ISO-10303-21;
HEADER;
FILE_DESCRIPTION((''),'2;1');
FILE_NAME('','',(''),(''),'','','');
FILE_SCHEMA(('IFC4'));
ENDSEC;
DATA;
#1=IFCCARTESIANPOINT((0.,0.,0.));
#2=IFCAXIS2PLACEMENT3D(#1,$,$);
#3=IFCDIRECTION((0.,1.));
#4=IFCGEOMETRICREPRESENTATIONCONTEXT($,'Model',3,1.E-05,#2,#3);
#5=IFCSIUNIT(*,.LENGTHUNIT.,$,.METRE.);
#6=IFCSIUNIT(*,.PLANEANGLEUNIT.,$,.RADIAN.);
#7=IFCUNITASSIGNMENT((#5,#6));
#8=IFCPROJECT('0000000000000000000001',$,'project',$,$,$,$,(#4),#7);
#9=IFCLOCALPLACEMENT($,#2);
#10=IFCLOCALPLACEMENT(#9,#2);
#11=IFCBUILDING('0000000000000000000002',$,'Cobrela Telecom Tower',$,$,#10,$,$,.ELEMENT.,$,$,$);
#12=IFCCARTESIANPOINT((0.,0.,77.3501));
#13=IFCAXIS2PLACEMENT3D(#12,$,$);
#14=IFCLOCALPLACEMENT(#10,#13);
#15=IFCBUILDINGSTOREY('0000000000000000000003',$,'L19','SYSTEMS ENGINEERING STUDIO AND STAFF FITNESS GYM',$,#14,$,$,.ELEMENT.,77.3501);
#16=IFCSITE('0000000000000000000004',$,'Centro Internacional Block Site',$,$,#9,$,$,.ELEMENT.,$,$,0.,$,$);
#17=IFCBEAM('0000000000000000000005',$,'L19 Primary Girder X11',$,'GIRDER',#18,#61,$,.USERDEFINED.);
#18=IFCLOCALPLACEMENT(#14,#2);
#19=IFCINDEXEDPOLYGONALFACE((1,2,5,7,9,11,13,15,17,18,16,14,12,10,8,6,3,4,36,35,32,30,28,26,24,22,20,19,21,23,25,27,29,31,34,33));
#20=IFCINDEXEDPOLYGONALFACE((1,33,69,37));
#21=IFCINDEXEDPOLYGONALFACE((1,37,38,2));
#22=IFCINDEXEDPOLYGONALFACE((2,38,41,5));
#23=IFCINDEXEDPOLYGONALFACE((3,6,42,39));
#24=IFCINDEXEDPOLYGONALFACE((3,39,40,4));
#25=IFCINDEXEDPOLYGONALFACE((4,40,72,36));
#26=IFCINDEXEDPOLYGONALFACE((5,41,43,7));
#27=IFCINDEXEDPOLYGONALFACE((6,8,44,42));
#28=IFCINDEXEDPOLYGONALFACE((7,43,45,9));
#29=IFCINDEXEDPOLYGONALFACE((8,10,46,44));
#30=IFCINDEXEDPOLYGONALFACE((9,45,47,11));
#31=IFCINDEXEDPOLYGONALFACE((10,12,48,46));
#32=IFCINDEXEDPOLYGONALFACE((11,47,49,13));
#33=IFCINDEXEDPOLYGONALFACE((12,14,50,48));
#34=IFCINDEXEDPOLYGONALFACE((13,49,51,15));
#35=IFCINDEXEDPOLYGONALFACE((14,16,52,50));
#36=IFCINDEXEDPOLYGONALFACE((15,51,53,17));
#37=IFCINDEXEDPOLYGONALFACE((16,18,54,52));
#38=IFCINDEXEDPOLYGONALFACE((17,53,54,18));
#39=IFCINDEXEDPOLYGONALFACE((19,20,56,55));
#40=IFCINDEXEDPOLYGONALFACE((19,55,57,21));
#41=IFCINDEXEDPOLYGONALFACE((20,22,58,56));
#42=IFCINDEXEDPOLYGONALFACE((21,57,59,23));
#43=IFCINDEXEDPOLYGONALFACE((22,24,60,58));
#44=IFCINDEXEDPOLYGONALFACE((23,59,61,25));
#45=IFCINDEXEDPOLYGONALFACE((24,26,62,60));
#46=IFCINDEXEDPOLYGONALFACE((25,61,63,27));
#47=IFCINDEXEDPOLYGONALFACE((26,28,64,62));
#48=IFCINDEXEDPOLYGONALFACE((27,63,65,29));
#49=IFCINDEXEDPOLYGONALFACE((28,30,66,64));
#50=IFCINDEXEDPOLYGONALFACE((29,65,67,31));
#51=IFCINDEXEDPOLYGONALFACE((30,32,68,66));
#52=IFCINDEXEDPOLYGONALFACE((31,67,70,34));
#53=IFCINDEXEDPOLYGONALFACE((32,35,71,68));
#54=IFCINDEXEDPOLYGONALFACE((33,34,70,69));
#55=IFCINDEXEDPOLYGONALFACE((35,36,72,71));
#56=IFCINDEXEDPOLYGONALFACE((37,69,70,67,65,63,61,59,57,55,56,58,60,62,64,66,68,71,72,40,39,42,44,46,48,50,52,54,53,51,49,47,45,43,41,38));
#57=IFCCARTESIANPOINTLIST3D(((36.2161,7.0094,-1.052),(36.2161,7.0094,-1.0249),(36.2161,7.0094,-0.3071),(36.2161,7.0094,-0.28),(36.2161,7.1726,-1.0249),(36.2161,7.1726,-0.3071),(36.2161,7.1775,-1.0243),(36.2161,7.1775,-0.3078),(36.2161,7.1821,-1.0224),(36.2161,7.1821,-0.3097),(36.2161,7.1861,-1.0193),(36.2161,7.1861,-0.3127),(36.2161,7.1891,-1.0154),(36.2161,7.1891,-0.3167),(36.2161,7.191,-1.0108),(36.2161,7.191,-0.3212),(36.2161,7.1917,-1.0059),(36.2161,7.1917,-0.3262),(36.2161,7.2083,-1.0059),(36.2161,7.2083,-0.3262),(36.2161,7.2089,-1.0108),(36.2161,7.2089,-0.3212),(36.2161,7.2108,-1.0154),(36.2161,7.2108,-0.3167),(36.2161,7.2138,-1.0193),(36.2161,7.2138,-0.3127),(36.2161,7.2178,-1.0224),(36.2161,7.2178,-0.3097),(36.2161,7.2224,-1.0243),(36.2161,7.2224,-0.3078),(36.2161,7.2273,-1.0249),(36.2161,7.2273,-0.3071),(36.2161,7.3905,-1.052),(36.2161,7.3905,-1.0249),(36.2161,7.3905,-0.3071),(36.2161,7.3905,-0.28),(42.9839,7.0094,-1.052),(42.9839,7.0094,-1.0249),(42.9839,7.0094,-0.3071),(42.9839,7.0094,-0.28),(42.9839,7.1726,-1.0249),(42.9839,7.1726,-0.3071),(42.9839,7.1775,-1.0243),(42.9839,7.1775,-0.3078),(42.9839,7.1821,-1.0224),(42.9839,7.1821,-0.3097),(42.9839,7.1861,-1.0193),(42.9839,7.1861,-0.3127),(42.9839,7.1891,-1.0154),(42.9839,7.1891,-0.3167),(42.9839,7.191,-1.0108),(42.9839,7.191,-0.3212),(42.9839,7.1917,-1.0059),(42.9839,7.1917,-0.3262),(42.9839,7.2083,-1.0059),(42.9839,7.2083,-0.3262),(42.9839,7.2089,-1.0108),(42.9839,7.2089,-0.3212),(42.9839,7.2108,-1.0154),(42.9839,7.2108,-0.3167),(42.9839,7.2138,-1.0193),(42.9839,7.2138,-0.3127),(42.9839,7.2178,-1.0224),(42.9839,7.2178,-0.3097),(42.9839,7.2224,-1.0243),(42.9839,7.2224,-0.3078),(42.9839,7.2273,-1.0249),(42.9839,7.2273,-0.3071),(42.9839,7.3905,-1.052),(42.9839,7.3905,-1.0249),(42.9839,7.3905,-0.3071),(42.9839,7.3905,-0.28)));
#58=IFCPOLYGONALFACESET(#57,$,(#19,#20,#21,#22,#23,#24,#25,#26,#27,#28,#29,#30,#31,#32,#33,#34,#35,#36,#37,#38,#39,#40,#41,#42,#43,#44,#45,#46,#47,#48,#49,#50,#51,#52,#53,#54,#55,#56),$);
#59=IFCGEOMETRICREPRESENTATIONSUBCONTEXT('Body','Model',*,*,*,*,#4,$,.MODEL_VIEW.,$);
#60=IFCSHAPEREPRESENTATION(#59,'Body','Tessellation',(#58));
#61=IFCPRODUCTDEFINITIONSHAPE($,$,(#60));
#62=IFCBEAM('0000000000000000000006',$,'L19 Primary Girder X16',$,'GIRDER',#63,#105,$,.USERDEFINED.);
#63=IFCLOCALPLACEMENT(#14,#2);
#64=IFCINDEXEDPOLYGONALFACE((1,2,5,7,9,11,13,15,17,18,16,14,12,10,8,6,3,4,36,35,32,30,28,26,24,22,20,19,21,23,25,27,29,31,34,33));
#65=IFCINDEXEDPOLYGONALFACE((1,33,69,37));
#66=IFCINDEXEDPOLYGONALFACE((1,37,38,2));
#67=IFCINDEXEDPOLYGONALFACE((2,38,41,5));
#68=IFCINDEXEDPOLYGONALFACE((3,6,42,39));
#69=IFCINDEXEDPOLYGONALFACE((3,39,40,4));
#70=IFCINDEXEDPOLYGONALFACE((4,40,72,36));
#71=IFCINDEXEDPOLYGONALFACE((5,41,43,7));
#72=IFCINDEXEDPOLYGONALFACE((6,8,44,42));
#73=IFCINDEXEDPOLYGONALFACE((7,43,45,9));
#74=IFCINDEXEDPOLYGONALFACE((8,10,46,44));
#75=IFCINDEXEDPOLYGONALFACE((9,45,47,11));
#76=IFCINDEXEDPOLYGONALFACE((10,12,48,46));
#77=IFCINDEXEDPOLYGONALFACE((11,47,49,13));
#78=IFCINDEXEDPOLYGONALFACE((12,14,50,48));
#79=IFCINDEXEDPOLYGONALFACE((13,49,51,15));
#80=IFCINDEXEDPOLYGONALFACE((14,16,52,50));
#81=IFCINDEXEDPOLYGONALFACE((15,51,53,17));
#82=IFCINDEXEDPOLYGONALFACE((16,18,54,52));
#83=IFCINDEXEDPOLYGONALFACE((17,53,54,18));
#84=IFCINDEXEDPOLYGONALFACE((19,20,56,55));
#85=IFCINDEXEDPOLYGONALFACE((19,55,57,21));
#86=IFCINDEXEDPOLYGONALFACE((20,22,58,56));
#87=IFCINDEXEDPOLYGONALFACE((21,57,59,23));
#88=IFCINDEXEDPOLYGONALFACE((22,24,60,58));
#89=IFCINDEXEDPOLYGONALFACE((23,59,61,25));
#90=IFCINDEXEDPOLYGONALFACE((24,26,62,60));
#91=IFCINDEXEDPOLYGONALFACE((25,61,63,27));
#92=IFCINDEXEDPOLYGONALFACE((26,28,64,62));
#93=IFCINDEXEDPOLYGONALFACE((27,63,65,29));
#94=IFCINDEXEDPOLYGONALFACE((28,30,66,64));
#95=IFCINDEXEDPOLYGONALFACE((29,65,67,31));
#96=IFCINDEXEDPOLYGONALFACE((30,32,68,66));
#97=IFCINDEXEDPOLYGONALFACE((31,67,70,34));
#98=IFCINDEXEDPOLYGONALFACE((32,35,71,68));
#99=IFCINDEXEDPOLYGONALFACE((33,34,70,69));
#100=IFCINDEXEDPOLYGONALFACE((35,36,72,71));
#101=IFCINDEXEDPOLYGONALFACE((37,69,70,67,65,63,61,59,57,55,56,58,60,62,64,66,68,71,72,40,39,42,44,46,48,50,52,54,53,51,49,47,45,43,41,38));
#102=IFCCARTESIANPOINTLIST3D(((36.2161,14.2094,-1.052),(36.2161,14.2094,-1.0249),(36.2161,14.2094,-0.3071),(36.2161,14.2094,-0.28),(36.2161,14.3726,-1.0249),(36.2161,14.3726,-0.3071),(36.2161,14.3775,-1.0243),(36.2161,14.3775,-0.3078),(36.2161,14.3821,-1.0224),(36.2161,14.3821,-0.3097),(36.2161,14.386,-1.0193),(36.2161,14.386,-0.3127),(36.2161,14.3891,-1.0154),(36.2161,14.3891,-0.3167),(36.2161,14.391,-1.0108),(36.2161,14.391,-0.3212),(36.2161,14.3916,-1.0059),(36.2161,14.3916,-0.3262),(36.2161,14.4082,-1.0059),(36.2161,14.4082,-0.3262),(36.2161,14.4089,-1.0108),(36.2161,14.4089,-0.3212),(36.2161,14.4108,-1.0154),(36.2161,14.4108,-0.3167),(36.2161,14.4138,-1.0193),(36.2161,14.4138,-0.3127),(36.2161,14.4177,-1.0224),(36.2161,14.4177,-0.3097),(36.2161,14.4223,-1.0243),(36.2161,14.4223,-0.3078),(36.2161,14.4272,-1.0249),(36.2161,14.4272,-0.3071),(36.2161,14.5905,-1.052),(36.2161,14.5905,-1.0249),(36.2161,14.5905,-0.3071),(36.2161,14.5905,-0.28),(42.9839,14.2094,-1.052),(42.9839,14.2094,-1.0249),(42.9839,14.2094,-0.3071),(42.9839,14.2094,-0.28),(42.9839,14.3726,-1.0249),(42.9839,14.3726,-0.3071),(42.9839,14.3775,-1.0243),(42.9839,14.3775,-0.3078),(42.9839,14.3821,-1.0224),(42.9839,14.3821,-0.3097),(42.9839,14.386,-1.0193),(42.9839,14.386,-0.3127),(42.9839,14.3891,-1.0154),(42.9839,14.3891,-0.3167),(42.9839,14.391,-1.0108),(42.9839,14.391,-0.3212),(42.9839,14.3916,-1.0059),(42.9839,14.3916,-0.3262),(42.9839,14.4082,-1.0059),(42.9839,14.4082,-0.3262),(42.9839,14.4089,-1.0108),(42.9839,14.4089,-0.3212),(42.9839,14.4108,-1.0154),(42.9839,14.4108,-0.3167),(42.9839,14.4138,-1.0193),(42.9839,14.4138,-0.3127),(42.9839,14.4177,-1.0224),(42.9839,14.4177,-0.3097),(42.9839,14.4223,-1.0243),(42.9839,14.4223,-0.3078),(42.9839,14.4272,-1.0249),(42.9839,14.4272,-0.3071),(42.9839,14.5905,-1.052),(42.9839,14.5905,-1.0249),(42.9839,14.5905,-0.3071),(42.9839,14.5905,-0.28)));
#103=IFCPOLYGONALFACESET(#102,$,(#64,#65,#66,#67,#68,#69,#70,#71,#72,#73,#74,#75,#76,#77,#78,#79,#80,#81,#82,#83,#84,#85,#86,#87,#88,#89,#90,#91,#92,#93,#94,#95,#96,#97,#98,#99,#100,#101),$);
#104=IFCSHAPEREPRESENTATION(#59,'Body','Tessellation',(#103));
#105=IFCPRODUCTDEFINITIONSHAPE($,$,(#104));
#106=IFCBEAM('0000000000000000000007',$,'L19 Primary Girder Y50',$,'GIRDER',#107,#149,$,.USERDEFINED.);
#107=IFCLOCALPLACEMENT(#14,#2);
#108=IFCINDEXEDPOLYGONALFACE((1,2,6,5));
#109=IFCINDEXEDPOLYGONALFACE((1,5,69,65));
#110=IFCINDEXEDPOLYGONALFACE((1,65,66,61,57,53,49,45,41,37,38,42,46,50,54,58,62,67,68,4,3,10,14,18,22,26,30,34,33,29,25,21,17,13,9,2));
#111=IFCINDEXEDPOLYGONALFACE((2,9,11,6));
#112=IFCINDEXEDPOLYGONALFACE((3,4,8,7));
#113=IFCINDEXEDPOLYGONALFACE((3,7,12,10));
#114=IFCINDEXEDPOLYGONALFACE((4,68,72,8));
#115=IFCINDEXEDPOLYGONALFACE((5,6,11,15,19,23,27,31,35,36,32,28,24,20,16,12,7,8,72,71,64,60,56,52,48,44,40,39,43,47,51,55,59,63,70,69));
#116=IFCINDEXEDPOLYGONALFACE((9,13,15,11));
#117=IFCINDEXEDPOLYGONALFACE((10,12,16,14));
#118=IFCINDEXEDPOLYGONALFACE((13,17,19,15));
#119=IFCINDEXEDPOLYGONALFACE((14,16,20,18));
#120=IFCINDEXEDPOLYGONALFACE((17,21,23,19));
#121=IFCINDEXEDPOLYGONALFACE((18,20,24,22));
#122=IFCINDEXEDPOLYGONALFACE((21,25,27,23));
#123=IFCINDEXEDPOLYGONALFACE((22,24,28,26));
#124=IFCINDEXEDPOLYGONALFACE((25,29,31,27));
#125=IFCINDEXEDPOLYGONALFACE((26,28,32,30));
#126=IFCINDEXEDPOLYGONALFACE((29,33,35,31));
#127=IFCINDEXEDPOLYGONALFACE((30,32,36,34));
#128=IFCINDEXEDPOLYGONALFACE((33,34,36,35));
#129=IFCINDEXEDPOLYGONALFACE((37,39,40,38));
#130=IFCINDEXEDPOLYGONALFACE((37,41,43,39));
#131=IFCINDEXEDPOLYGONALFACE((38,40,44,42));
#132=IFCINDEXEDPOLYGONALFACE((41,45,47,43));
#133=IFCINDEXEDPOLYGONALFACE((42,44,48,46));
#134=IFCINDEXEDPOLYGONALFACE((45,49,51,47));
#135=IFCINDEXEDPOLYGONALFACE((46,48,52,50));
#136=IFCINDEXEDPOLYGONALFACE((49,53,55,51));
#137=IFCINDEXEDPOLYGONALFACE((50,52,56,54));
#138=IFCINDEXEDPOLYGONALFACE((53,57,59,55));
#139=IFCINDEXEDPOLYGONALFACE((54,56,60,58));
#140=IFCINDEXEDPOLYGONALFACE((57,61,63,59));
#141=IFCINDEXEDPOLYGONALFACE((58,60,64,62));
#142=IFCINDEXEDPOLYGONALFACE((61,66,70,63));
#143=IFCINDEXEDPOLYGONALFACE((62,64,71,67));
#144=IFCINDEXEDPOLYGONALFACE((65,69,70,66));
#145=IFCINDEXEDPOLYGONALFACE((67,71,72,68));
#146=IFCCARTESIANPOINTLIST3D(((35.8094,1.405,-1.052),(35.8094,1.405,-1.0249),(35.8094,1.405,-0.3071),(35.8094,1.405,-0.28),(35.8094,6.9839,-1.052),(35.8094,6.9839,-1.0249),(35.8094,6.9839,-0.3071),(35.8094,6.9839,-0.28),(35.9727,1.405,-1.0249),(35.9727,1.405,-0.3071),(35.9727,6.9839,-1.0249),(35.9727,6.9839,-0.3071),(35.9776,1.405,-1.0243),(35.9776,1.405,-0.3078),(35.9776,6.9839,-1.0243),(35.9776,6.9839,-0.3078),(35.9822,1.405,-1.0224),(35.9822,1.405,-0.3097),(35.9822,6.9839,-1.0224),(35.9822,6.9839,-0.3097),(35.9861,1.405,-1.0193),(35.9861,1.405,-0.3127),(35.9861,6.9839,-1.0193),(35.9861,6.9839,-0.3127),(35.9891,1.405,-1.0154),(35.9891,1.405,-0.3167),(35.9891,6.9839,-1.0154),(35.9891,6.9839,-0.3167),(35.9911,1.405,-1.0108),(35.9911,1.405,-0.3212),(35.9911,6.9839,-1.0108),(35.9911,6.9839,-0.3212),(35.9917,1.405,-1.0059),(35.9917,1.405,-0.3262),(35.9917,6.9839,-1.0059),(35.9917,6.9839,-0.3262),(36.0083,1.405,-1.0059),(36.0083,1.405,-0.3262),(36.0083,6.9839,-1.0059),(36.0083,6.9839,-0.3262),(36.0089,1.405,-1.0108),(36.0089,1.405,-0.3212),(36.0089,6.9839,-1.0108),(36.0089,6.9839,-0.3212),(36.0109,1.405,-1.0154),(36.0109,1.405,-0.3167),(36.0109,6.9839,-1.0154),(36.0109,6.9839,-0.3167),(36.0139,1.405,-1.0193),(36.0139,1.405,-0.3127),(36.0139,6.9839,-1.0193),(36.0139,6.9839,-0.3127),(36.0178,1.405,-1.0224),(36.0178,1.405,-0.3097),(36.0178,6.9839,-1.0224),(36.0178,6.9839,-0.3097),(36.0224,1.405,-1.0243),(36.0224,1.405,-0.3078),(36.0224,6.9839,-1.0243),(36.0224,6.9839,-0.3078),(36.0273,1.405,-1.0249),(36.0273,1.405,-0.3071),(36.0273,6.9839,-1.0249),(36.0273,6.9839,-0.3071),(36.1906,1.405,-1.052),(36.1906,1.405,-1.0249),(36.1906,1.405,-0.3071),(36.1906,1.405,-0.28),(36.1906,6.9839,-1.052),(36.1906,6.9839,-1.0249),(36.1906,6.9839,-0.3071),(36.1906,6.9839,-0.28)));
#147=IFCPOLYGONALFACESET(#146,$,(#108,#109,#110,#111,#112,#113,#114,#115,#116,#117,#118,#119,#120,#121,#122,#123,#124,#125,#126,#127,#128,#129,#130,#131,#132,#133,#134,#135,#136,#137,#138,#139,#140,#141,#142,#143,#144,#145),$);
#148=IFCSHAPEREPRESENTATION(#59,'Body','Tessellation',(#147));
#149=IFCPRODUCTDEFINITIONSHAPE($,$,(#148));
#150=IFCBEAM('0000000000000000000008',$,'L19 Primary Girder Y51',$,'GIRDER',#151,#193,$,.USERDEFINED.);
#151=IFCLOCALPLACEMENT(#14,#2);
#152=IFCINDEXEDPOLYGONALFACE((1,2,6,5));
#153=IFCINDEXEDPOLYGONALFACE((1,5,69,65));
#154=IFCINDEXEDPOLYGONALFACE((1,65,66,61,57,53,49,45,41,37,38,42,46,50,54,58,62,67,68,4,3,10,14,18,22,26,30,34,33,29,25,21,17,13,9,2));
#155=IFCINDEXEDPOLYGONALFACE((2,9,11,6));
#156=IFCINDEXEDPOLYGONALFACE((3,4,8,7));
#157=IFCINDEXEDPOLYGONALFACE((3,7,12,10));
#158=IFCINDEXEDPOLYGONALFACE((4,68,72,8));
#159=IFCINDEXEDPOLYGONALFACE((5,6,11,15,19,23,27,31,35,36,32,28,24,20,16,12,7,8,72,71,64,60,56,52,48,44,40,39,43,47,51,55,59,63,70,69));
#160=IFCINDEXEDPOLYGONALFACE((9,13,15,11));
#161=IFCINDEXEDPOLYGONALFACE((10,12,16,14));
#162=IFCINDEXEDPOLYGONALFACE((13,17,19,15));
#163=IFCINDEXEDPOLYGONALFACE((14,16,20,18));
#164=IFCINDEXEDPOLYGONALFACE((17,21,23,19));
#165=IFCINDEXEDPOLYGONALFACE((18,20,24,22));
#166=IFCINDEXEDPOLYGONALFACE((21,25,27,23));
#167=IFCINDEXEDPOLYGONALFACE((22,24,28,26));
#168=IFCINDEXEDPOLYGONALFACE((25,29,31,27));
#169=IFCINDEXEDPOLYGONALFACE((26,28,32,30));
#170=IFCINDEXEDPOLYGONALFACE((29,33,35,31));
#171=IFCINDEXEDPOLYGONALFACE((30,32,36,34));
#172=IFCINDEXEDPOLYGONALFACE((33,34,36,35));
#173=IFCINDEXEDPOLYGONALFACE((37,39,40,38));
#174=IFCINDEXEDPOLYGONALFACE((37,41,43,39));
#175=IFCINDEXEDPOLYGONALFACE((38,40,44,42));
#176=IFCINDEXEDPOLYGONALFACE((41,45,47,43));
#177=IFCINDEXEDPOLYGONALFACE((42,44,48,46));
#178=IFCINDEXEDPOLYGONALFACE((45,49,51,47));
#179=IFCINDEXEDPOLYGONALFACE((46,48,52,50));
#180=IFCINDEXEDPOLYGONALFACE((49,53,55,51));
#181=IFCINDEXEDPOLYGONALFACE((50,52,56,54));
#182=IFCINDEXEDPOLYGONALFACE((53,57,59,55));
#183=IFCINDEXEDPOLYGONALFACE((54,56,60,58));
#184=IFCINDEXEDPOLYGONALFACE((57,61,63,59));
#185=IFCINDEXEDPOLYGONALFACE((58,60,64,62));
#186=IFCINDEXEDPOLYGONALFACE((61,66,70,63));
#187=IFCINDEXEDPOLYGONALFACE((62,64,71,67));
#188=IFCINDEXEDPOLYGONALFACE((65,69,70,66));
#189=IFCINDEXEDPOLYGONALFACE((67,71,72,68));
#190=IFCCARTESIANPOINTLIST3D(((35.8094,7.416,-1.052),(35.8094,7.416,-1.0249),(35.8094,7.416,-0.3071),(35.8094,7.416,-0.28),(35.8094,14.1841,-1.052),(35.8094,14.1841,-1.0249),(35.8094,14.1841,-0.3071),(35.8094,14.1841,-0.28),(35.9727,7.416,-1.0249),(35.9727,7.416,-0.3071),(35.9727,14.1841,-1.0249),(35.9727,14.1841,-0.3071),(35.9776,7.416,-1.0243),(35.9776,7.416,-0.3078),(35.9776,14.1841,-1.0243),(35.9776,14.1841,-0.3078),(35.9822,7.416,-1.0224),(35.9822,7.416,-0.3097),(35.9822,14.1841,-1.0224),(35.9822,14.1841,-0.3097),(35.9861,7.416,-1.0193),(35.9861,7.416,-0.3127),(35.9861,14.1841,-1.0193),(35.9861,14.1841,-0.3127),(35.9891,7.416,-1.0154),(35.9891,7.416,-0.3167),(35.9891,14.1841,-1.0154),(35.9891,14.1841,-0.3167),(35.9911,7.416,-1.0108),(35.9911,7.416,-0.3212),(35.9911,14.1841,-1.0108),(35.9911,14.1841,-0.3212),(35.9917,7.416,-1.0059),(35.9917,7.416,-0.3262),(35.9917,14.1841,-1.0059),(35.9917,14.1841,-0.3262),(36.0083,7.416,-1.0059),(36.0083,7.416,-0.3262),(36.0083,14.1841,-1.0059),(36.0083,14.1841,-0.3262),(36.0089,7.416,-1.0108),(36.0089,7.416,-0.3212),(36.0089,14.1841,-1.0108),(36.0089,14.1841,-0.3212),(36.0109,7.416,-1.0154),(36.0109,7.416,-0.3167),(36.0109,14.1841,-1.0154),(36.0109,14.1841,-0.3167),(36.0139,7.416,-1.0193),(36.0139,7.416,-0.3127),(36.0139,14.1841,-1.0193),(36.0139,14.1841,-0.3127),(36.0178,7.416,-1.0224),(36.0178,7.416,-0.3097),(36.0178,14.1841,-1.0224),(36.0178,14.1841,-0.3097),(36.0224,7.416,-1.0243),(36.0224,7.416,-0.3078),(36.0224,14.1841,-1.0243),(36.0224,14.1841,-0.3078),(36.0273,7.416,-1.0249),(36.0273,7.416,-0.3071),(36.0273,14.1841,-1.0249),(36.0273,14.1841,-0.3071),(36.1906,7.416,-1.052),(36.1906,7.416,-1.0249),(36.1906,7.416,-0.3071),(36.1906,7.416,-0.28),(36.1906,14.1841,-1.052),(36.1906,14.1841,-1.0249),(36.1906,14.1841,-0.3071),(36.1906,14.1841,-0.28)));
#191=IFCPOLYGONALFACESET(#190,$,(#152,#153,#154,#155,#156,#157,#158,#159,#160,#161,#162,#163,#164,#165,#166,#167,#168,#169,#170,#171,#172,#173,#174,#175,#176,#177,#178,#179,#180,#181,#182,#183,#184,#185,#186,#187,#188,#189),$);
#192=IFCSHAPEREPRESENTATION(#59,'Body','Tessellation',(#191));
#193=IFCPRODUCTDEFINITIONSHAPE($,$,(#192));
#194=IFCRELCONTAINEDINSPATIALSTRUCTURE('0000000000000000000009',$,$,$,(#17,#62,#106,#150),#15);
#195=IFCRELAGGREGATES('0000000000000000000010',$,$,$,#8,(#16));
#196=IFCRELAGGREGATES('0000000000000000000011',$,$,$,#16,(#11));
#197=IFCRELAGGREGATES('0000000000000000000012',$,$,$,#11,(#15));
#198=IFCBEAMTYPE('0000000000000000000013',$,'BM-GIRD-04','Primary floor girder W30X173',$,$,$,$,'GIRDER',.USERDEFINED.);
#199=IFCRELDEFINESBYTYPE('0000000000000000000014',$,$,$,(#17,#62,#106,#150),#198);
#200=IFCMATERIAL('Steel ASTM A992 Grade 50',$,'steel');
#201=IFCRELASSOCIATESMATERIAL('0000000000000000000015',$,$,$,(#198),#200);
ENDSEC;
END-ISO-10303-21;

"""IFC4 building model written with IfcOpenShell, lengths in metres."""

from ifc_helpers import new_model, si_unit, direction, frame, origin, origin_2d, place, context, subcontext, project, spatial, i_section, extrude, material, material_profile, profile_set, type_object, element, save


model = new_model("IFC4")

# Units and contexts
model_context = context("Model", 3, precision=1e-05, world=origin(), true_north=direction((0.0, 1.0)))
body_context = subcontext(model_context, "Body", "Model", "MODEL_VIEW")
ifc_project = project(units=[si_unit("LENGTHUNIT", "METRE"), si_unit("PLANEANGLEUNIT", "RADIAN")], contexts=[model_context])

# Site, building, storey
site_placement = place(None, origin())
site = spatial("IfcSite", under=ifc_project, at=site_placement, Name="Centro Internacional Block Site", CompositionType="ELEMENT", RefElevation=0.0)
building_placement = place(site_placement, origin())
building = spatial("IfcBuilding", under=site, at=building_placement, Name="Cobrela Telecom Tower", CompositionType="ELEMENT")
storey_placement = place(building_placement, frame((0.0, 0.0, 77.3501)))
storey = spatial("IfcBuildingStorey", under=building, at=storey_placement, Name="L19", Description="SYSTEMS ENGINEERING STUDIO AND STAFF FITNESS GYM", CompositionType="ELEMENT", Elevation=77.3501)

# Shared definitions
ifc_material_1 = material(Name="Steel ASTM A992 Grade 50", Category="steel")

# Beams
ifc_material_profile_1 = material_profile(ifc_material_1, i_section(OverallWidth=0.3811, OverallDepth=0.772, WebThickness=0.0166, FlangeThickness=0.0271, FilletRadius=0.019, at=origin_2d()), Name="W30X173")
ifc_profile_set_1 = profile_set([ifc_material_profile_1], Name="Steel ASTM A992 Grade 50")
beam_type_1 = type_object("IfcBeamType", Name="BM-GIRD-04", Description="Primary floor girder W30X173", ElementType="GIRDER", PredefinedType="USERDEFINED", material=ifc_profile_set_1)
for number, where, z_axis, x_axis, name in (
    (1, (36.2161, 7.2, -0.666), (1.0, 0.0, 0.0), (0.0, 1.0, 0.0), "L19 Primary Girder X11"),
    (2, (36.2161, 14.3999, -0.666), (1.0, 0.0, 0.0), (0.0, 1.0, 0.0), "L19 Primary Girder X16"),
):
    element("IfcBeam", number, at=place(storey_placement, frame(where, z_axis=z_axis, x_axis=x_axis)), inside=storey, type_object=beam_type_1, Name=name, ObjectType="GIRDER", PredefinedType="USERDEFINED", context=body_context, shape_type="SweptSolid", body=[
        extrude(i_section(OverallWidth=0.3811, OverallDepth=0.772, WebThickness=0.0166, FlangeThickness=0.0271, FilletRadius=0.019, at=origin_2d()), origin(), (0.0, 0.0, 1.0), 6.7678),
    ])
beam_1_placement = place(storey_placement, frame((36.0, 1.405, -0.666), z_axis=(0.0, 1.0, 0.0), x_axis=(-1.0, 0.0, 0.0)))
element("IfcBeam", 3, at=beam_1_placement, inside=storey, type_object=beam_type_1, Name="L19 Primary Girder Y50", ObjectType="GIRDER", PredefinedType="USERDEFINED", context=body_context, shape_type="SweptSolid", body=[
    extrude(i_section(OverallWidth=0.3811, OverallDepth=0.772, WebThickness=0.0166, FlangeThickness=0.0271, FilletRadius=0.019, at=origin_2d()), origin(), (0.0, 0.0, 1.0), 5.5789),
])
beam_2_placement = place(storey_placement, frame((36.0, 7.416, -0.666), z_axis=(0.0, 1.0, 0.0), x_axis=(-1.0, 0.0, 0.0)))
element("IfcBeam", 4, at=beam_2_placement, inside=storey, type_object=beam_type_1, Name="L19 Primary Girder Y51", ObjectType="GIRDER", PredefinedType="USERDEFINED", context=body_context, shape_type="SweptSolid", body=[
    extrude(i_section(OverallWidth=0.3811, OverallDepth=0.772, WebThickness=0.0166, FlangeThickness=0.0271, FilletRadius=0.019, at=origin_2d()), origin(), (0.0, 0.0, 1.0), 6.7681),
])

save(model, "model.ifc")
